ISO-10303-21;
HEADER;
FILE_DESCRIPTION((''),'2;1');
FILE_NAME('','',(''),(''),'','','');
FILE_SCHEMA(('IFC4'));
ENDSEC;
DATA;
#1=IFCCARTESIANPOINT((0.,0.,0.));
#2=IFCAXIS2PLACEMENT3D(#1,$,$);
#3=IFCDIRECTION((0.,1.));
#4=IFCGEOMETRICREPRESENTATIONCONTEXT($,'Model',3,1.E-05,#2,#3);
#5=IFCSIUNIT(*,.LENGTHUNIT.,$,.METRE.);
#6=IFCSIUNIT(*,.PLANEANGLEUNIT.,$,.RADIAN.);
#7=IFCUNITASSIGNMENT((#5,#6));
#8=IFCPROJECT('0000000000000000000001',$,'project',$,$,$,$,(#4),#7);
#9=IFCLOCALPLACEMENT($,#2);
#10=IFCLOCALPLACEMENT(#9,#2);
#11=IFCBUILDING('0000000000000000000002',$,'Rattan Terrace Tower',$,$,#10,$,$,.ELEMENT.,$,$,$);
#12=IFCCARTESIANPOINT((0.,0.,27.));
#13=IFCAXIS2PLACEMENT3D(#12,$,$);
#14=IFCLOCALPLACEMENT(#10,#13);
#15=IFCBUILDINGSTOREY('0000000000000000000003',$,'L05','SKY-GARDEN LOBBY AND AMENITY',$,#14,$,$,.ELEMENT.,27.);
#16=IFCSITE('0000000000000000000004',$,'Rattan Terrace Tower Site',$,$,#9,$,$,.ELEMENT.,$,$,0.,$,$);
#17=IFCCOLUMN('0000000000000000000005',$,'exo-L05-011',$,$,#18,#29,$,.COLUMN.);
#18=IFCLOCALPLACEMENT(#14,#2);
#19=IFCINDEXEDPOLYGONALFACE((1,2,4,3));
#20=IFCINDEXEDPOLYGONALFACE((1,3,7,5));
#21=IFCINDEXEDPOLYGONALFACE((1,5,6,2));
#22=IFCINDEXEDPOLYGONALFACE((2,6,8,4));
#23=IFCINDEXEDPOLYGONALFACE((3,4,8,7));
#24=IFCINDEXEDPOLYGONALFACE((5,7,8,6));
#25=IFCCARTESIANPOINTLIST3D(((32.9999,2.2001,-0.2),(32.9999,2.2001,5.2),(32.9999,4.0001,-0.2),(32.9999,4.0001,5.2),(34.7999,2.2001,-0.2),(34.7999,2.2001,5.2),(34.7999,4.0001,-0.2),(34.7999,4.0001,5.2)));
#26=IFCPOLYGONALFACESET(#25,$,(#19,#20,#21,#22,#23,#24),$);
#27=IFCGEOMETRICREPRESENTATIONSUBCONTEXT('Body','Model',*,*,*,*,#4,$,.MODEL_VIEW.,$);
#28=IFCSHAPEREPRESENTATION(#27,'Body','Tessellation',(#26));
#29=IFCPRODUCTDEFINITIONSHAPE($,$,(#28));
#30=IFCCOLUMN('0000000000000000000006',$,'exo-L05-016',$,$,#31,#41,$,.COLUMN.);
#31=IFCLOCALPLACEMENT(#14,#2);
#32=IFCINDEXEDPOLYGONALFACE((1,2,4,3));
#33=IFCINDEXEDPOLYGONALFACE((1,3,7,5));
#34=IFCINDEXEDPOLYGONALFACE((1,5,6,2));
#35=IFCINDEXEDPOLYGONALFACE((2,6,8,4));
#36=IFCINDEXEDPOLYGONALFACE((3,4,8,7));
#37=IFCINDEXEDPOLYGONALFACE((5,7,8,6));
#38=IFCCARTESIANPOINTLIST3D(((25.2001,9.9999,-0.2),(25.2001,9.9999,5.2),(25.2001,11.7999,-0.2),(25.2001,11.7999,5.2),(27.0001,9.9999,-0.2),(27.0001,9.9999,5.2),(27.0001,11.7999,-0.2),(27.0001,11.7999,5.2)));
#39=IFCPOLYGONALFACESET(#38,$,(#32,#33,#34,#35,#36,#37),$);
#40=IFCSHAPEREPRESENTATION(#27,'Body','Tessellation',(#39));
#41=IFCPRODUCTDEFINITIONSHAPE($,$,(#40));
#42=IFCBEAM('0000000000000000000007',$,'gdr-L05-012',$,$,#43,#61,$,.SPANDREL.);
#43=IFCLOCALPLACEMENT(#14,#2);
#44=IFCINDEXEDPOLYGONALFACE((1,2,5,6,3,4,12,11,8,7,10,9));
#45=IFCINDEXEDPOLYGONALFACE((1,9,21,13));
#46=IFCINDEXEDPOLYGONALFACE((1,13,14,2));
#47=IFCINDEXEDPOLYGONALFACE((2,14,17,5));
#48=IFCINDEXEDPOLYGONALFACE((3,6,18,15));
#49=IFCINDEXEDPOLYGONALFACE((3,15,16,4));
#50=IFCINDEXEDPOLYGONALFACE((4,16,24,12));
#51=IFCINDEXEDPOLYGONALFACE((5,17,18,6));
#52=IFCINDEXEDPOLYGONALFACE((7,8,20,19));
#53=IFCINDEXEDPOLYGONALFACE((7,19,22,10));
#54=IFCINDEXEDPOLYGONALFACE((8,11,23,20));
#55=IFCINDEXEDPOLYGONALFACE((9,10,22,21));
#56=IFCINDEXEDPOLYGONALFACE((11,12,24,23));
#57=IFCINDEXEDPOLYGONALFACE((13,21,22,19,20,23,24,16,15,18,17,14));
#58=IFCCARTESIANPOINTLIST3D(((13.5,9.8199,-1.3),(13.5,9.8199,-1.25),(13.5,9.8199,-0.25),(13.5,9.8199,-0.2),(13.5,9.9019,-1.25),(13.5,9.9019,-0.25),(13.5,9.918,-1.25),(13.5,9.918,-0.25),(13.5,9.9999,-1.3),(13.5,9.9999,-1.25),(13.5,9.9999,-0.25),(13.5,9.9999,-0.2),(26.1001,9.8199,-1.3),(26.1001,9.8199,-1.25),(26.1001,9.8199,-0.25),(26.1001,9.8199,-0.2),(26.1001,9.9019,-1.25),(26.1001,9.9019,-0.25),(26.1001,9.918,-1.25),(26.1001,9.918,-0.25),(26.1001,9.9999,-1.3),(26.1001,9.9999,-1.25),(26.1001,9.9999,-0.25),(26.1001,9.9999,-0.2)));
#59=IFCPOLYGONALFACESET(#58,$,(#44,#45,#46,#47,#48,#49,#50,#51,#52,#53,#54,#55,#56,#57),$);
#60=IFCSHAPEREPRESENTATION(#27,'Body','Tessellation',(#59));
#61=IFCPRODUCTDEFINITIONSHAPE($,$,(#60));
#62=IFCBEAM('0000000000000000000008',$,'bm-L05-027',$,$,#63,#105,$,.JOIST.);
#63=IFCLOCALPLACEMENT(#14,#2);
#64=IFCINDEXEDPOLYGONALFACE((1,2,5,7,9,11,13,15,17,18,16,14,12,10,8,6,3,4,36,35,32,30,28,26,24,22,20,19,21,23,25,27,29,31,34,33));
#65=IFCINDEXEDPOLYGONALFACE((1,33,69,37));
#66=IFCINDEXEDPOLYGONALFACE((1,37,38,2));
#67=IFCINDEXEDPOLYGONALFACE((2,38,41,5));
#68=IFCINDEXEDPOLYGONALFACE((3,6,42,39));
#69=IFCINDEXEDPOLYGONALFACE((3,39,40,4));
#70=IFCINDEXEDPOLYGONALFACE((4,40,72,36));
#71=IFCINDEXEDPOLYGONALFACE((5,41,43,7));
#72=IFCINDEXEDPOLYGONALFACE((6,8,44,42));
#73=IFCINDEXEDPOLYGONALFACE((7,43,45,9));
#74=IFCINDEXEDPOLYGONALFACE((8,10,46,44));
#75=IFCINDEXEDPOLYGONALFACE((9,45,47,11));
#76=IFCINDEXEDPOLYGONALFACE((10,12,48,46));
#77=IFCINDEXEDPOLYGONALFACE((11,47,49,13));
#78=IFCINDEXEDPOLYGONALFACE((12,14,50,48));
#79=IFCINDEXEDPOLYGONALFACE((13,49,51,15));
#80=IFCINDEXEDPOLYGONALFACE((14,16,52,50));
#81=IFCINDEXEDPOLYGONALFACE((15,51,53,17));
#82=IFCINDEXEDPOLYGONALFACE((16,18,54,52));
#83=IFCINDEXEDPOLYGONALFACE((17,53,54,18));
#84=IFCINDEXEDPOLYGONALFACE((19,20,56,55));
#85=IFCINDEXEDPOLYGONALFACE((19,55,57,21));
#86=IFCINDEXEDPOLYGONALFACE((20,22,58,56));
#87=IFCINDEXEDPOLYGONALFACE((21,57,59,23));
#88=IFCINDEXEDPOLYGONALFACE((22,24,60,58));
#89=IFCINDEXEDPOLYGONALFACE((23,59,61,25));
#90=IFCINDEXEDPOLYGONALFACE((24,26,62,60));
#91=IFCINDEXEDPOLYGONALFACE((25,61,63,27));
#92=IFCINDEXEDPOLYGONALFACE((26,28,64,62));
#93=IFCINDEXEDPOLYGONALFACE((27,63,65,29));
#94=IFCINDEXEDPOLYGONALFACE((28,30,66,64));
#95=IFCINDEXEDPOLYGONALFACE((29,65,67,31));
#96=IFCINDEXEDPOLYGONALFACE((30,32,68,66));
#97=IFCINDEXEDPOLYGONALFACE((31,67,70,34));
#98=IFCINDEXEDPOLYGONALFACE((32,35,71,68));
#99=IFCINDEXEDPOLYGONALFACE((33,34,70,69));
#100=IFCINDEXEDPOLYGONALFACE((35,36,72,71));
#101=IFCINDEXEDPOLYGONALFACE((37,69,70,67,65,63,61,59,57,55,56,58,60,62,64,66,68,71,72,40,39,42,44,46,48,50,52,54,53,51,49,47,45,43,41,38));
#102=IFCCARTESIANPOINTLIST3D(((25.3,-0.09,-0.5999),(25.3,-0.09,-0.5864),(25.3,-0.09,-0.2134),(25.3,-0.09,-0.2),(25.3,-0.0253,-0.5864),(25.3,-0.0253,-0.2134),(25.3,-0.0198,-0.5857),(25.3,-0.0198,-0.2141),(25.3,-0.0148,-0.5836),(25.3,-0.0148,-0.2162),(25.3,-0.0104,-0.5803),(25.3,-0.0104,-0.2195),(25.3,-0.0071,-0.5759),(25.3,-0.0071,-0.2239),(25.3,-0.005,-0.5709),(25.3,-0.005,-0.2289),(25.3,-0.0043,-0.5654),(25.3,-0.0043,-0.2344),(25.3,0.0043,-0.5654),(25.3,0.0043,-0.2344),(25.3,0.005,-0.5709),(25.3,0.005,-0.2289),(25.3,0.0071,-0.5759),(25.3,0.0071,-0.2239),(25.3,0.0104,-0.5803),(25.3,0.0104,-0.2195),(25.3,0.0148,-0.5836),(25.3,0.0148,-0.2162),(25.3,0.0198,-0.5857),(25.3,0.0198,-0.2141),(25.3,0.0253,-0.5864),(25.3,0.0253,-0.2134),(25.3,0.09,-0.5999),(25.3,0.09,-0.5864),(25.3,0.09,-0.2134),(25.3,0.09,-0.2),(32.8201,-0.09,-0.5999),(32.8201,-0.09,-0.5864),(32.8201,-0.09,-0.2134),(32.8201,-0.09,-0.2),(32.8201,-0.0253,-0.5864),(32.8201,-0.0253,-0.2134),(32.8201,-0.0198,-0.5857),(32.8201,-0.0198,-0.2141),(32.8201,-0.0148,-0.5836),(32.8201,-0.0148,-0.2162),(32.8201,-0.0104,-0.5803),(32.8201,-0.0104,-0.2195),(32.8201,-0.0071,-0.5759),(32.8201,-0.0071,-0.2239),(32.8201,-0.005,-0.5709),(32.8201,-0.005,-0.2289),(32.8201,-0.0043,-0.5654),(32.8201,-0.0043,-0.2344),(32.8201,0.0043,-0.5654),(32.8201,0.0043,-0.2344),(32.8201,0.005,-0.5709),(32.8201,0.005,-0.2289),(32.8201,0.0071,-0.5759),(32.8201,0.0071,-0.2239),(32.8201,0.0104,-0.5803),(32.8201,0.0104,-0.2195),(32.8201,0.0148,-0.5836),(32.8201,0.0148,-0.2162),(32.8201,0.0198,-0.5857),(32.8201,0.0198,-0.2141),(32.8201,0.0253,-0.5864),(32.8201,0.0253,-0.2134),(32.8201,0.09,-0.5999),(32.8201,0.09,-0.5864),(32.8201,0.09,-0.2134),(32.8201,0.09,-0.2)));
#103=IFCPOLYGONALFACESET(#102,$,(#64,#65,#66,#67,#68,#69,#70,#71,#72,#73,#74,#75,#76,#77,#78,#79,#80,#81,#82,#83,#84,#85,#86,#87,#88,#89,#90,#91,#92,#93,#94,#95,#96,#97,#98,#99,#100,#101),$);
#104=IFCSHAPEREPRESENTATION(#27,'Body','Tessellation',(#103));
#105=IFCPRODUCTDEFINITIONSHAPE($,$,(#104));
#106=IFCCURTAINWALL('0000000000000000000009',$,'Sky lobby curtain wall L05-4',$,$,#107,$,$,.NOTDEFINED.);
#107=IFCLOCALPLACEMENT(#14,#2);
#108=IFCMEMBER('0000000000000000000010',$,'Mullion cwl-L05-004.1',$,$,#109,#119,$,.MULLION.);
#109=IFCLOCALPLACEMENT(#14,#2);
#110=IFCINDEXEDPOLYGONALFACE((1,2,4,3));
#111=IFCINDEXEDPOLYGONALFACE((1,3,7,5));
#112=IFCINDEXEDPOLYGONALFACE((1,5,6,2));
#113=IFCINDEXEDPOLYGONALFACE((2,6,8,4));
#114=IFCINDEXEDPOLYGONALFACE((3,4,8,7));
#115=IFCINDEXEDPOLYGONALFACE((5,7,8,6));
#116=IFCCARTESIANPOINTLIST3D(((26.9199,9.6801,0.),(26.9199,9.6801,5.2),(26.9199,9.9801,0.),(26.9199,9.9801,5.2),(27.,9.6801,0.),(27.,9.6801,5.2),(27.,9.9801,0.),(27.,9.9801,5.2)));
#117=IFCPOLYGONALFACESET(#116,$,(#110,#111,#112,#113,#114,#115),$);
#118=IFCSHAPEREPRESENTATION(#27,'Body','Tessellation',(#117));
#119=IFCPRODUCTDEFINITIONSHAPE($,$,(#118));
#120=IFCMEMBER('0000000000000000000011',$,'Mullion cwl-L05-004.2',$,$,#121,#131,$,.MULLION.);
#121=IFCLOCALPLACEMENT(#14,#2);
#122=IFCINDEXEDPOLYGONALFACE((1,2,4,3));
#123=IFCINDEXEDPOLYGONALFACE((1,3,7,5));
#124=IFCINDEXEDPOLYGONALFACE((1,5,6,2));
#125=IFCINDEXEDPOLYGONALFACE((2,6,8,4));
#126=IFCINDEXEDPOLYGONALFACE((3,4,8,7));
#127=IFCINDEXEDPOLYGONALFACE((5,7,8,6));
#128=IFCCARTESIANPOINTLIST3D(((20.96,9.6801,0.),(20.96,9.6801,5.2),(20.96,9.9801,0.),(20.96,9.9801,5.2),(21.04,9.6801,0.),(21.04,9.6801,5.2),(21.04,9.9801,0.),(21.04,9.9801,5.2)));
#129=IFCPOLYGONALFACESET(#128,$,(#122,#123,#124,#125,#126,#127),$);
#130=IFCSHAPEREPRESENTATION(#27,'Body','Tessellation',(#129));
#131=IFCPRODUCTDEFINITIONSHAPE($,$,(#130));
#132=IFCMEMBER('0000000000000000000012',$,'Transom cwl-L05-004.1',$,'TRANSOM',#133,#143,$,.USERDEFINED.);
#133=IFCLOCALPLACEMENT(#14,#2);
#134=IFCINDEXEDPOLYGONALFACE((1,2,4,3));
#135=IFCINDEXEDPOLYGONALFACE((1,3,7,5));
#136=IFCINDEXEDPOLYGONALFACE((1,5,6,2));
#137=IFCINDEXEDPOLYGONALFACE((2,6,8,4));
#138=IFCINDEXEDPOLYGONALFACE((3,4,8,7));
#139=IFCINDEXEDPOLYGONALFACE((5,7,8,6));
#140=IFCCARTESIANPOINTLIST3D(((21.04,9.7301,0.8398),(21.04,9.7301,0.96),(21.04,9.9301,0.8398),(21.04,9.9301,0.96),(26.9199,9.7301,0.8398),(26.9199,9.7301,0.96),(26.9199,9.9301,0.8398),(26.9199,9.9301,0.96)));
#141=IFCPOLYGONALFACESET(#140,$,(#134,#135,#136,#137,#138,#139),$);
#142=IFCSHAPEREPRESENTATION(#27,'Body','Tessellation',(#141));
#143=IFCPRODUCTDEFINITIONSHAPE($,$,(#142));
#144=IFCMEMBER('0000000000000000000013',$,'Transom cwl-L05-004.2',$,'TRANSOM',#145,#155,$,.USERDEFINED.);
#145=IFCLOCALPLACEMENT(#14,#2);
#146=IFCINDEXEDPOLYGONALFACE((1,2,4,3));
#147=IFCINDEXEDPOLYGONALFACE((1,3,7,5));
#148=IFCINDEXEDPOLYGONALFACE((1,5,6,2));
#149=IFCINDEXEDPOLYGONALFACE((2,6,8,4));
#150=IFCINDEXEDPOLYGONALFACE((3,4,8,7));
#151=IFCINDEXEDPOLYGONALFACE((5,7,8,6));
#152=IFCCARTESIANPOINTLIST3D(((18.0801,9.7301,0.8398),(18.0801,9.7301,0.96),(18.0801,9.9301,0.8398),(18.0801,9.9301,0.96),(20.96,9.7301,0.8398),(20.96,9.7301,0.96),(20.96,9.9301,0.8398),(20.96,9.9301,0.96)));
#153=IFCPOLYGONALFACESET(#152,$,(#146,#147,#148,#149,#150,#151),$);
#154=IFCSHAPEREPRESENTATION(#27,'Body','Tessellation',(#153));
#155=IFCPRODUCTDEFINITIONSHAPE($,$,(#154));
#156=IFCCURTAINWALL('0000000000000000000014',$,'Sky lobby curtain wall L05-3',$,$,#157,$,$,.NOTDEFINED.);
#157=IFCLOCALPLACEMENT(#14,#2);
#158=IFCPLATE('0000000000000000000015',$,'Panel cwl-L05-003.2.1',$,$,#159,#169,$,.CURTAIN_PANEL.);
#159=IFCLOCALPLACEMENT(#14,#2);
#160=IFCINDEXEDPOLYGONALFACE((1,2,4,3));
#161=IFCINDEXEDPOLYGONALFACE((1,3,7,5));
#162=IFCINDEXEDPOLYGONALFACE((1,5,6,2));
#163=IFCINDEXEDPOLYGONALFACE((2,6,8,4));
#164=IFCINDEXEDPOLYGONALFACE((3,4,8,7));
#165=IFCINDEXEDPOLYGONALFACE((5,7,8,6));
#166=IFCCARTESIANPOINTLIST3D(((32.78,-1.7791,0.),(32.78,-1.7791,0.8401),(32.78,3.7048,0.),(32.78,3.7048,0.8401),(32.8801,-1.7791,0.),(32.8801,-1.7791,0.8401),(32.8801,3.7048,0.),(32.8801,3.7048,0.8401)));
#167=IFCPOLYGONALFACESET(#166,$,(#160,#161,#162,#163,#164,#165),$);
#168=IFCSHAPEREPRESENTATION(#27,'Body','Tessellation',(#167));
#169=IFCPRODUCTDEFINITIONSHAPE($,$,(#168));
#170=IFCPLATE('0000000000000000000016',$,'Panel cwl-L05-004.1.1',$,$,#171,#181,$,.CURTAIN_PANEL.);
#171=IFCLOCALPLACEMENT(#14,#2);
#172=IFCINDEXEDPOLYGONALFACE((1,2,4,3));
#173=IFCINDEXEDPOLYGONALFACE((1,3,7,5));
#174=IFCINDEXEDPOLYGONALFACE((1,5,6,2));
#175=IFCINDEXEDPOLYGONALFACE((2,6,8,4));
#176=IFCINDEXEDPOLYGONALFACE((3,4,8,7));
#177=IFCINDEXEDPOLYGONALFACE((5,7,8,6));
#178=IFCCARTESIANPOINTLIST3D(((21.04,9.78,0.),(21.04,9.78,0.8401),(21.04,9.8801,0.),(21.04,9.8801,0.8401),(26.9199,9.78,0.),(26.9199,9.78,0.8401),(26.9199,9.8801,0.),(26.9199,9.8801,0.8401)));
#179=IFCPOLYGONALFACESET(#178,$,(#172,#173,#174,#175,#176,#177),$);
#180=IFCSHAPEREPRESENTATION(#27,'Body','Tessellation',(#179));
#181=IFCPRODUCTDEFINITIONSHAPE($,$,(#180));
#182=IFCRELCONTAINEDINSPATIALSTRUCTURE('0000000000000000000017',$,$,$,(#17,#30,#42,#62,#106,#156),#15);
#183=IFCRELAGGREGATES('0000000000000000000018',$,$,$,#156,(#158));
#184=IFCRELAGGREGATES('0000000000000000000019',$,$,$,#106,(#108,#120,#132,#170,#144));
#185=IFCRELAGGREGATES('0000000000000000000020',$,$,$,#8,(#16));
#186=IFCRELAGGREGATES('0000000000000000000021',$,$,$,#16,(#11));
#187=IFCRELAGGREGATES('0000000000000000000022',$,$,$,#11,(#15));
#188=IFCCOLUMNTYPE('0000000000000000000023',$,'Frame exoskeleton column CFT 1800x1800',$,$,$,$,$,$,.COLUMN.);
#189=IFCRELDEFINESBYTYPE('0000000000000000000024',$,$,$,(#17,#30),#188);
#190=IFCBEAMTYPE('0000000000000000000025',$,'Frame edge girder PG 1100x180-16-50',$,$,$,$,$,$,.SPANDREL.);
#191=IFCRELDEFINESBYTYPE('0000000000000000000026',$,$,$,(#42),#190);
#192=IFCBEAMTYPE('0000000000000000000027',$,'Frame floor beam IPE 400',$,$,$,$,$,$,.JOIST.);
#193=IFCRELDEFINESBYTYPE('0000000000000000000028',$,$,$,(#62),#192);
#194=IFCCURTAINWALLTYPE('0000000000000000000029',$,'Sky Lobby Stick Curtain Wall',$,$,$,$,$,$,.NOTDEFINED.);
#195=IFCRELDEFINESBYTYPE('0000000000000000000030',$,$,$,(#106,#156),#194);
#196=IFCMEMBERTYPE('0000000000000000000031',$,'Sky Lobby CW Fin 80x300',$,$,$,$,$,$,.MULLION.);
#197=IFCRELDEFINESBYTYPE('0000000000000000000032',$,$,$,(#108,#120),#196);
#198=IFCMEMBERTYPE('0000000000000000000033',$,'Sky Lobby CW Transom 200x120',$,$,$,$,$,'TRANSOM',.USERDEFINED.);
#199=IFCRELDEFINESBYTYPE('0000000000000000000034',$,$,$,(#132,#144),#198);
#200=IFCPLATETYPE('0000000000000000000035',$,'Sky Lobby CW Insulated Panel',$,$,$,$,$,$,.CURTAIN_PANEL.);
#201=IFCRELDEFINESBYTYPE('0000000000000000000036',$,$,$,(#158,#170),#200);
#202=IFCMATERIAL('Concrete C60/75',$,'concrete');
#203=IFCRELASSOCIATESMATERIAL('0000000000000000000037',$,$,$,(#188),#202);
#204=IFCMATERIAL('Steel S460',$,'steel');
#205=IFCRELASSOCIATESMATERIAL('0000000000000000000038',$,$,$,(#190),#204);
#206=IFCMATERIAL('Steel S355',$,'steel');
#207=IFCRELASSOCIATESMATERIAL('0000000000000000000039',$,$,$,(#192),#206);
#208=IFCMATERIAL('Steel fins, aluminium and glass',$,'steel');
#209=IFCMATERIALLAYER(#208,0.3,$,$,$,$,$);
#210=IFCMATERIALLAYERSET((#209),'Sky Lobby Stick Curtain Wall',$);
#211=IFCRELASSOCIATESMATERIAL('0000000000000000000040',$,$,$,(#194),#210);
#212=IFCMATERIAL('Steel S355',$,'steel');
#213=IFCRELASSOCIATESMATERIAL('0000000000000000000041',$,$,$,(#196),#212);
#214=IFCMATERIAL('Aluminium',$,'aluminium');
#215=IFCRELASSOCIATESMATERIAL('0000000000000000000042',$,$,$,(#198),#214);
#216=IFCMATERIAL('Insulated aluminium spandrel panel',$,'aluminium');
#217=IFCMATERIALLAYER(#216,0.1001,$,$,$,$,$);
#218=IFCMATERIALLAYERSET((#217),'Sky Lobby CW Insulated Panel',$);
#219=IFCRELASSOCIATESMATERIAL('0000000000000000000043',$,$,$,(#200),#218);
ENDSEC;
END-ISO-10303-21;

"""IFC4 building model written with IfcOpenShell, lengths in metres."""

from ifc_helpers import new_model, si_unit, direction, frame, origin, origin_2d, place, context, subcontext, project, spatial, rectangle, i_section, extrude, material, layer, layer_set, material_profile, profile_set, type_object, element, aggregate, save


model = new_model("IFC4")

# Units and contexts
model_context = context("Model", 3, precision=1e-05, world=origin(), true_north=direction((0.0, 1.0)))
body_context = subcontext(model_context, "Body", "Model", "MODEL_VIEW")
ifc_project = project(units=[si_unit("LENGTHUNIT", "METRE"), si_unit("PLANEANGLEUNIT", "RADIAN")], contexts=[model_context])

# Site, building, storey
site_placement = place(None, origin())
site = spatial("IfcSite", under=ifc_project, at=site_placement, Name="Rattan Terrace Tower Site", CompositionType="ELEMENT", RefElevation=0.0)
building_placement = place(site_placement, origin())
building = spatial("IfcBuilding", under=site, at=building_placement, Name="Rattan Terrace Tower", CompositionType="ELEMENT")
storey_placement = place(building_placement, frame((0.0, 0.0, 27.0)))
storey = spatial("IfcBuildingStorey", under=building, at=storey_placement, Name="L05", Description="SKY-GARDEN LOBBY AND AMENITY", CompositionType="ELEMENT", Elevation=27.0)

# Columns
ifc_material_1 = material(Name="Concrete C60/75", Category="concrete")
ifc_material_profile_1 = material_profile(ifc_material_1, rectangle(XDim=1.8, YDim=1.8, at=origin_2d()), Name="CFT 1800x1800")
ifc_profile_set_1 = profile_set([ifc_material_profile_1], Name="Concrete C60/75")
column_type = type_object("IfcColumnType", Name="Frame exoskeleton column CFT 1800x1800", PredefinedType="COLUMN", material=ifc_profile_set_1)
for number, where, z_axis, x_axis, name in (
    (1, (33.8999, 3.1001, -0.2), (0.0, 0.0, 1.0), (0.0, 1.0, 0.0), "exo-L05-011"),
    (2, (26.1001, 10.8999, -0.2), (0.0, 0.0, 1.0), (1.0, 0.0, 0.0), "exo-L05-016"),
):
    element("IfcColumn", number, at=place(storey_placement, frame(where, z_axis=z_axis, x_axis=x_axis)), inside=storey, type_object=column_type, Name=name, PredefinedType="COLUMN", context=body_context, shape_type="SweptSolid", body=[
        extrude(rectangle(XDim=1.8, YDim=1.8, at=origin_2d()), origin(), (0.0, 0.0, 1.0), 5.3999),
    ])

# Beams
ifc_material_2 = material(Name="Steel S460", Category="steel")
ifc_material_profile_2 = material_profile(ifc_material_2, i_section(OverallWidth=0.1799, OverallDepth=1.1001, WebThickness=0.0161, FlangeThickness=0.05, at=origin_2d()), Name="PG 1100x180-16-50")
ifc_profile_set_2 = profile_set([ifc_material_profile_2], Name="Steel S460")
beam_type_1 = type_object("IfcBeamType", Name="Frame edge girder PG 1100x180-16-50", PredefinedType="SPANDREL", material=ifc_profile_set_2)
beam_1_placement = place(storey_placement, frame((26.1001, 9.9099, -0.75), z_axis=(-1.0, 0.0, 0.0), x_axis=(0.0, -1.0, 0.0)))
element("IfcBeam", 3, at=beam_1_placement, inside=storey, type_object=beam_type_1, Name="gdr-L05-012", PredefinedType="SPANDREL", context=body_context, shape_type="SweptSolid", body=[
    extrude(i_section(OverallWidth=0.1799, OverallDepth=1.1001, WebThickness=0.0161, FlangeThickness=0.05, at=origin_2d()), origin(), (0.0, 0.0, 1.0), 12.6001),
])
ifc_material_3 = material(Name="Steel S355", Category="steel")
ifc_material_profile_3 = material_profile(ifc_material_3, i_section(OverallWidth=0.1799, OverallDepth=0.3999, WebThickness=0.0085, FlangeThickness=0.0134, FilletRadius=0.021, at=origin_2d()), Name="IPE 400")
ifc_profile_set_3 = profile_set([ifc_material_profile_3], Name="Steel S355")
beam_type_2 = type_object("IfcBeamType", Name="Frame floor beam IPE 400", PredefinedType="JOIST", material=ifc_profile_set_3)
beam_2_placement = place(storey_placement, frame((25.3, 0.0, -0.3999), z_axis=(1.0, 0.0, 0.0), x_axis=(0.0, 1.0, 0.0)))
element("IfcBeam", 4, at=beam_2_placement, inside=storey, type_object=beam_type_2, Name="bm-L05-027", PredefinedType="JOIST", context=body_context, shape_type="SweptSolid", body=[
    extrude(i_section(OverallWidth=0.1799, OverallDepth=0.3999, WebThickness=0.0085, FlangeThickness=0.0134, FilletRadius=0.021, at=origin_2d()), origin(), (0.0, 0.0, 1.0), 7.52),
])

# Curtain wall, members
ifc_material_4 = material(Name="Steel fins, aluminium and glass", Category="steel")
ifc_layer_1 = layer(ifc_material_4, 0.3)
ifc_layer_set_1 = layer_set([ifc_layer_1], Name="Sky Lobby Stick Curtain Wall")
curtain_wall_type = type_object("IfcCurtainWallType", Name="Sky Lobby Stick Curtain Wall", PredefinedType="NOTDEFINED", material=ifc_layer_set_1)
curtain_wall_1_placement = place(storey_placement, origin())
curtain_wall_1 = element("IfcCurtainWall", 5, at=curtain_wall_1_placement, inside=storey, type_object=curtain_wall_type, Name="Sky lobby curtain wall L05-4", PredefinedType="NOTDEFINED")
ifc_material_5 = material(Name="Steel S355", Category="steel")
ifc_material_profile_4 = material_profile(ifc_material_5, rectangle(XDim=0.0801, YDim=0.3, at=origin_2d()), Name="Steel S355 80x300")
ifc_profile_set_4 = profile_set([ifc_material_profile_4], Name="Steel S355")
member_type_1 = type_object("IfcMemberType", Name="Sky Lobby CW Fin 80x300", PredefinedType="MULLION", material=ifc_profile_set_4)
member_1_placement = place(storey_placement, frame((26.96, 9.8301, 0.0), z_axis=(0.0, 0.0, 1.0), x_axis=(-1.0, 0.0, 0.0)))
member_1 = element("IfcMember", 6, at=member_1_placement, type_object=member_type_1, Name="Mullion cwl-L05-004.1", PredefinedType="MULLION", context=body_context, shape_type="SweptSolid", body=[
    extrude(rectangle(XDim=0.0801, YDim=0.3, at=origin_2d()), origin(), (0.0, 0.0, 1.0), 5.2),
])
member_2_placement = place(storey_placement, frame((21.0, 9.8301, 0.0), z_axis=(0.0, 0.0, 1.0), x_axis=(-1.0, 0.0, 0.0)))
member_2 = element("IfcMember", 7, at=member_2_placement, type_object=member_type_1, Name="Mullion cwl-L05-004.2", PredefinedType="MULLION", context=body_context, shape_type="SweptSolid", body=[
    extrude(rectangle(XDim=0.0801, YDim=0.3, at=origin_2d()), origin(), (0.0, 0.0, 1.0), 5.2),
])
ifc_material_6 = material(Name="Aluminium", Category="aluminium")
ifc_material_profile_5 = material_profile(ifc_material_6, rectangle(XDim=0.2, YDim=0.1201, at=origin_2d()), Name="Aluminium 200x120")
ifc_profile_set_5 = profile_set([ifc_material_profile_5], Name="Aluminium")
member_type_2 = type_object("IfcMemberType", Name="Sky Lobby CW Transom 200x120", ElementType="TRANSOM", PredefinedType="USERDEFINED", material=ifc_profile_set_5)
member_3_placement = place(storey_placement, frame((26.9199, 9.8301, 0.8999), z_axis=(-1.0, 0.0, 0.0), x_axis=(0.0, -1.0, 0.0)))
member_3 = element("IfcMember", 8, at=member_3_placement, type_object=member_type_2, Name="Transom cwl-L05-004.1", ObjectType="TRANSOM", PredefinedType="USERDEFINED", context=body_context, shape_type="SweptSolid", body=[
    extrude(rectangle(XDim=0.2, YDim=0.1201, at=origin_2d()), origin(), (0.0, 0.0, 1.0), 5.8799),
])
member_4_placement = place(storey_placement, frame((20.96, 9.8301, 0.8999), z_axis=(-1.0, 0.0, 0.0), x_axis=(0.0, -1.0, 0.0)))
member_4 = element("IfcMember", 9, at=member_4_placement, type_object=member_type_2, Name="Transom cwl-L05-004.2", ObjectType="TRANSOM", PredefinedType="USERDEFINED", context=body_context, shape_type="SweptSolid", body=[
    extrude(rectangle(XDim=0.2, YDim=0.1201, at=origin_2d()), origin(), (0.0, 0.0, 1.0), 2.8799),
])

# Curtain wall, plate
curtain_wall_2_placement = place(storey_placement, origin())
curtain_wall_2 = element("IfcCurtainWall", 10, at=curtain_wall_2_placement, inside=storey, type_object=curtain_wall_type, Name="Sky lobby curtain wall L05-3", PredefinedType="NOTDEFINED")
ifc_material_7 = material(Name="Insulated aluminium spandrel panel", Category="aluminium")
ifc_layer_2 = layer(ifc_material_7, 0.1001)
ifc_layer_set_2 = layer_set([ifc_layer_2], Name="Sky Lobby CW Insulated Panel")
plate_type_1 = type_object("IfcPlateType", Name="Sky Lobby CW Insulated Panel", PredefinedType="CURTAIN_PANEL", material=ifc_layer_set_2)
plate_1_placement = place(storey_placement, frame((32.8301, 0.9629, 0.0), z_axis=(0.0, 0.0, 1.0), x_axis=(0.0, 1.0, 0.0)))
plate_1 = element("IfcPlate", 11, at=plate_1_placement, type_object=plate_type_1, Name="Panel cwl-L05-003.2.1", PredefinedType="CURTAIN_PANEL", context=body_context, shape_type="SweptSolid", body=[
    extrude(rectangle(XDim=5.4839, YDim=0.1001, at=origin_2d()), origin(), (0.0, 0.0, 1.0), 0.8401),
])

# Plate
plate_2_placement = place(storey_placement, frame((23.98, 9.8301, 0.0), z_axis=(0.0, 0.0, 1.0), x_axis=(-1.0, 0.0, 0.0)))
plate_2 = element("IfcPlate", 12, at=plate_2_placement, type_object=plate_type_1, Name="Panel cwl-L05-004.1.1", PredefinedType="CURTAIN_PANEL", context=body_context, shape_type="SweptSolid", body=[
    extrude(rectangle(XDim=5.8799, YDim=0.1001, at=origin_2d()), origin(), (0.0, 0.0, 1.0), 0.8401),
])
aggregate(curtain_wall_2, [plate_1])
aggregate(curtain_wall_1, [member_1, member_2, member_3, plate_2, member_4])

save(model, "model.ifc")
